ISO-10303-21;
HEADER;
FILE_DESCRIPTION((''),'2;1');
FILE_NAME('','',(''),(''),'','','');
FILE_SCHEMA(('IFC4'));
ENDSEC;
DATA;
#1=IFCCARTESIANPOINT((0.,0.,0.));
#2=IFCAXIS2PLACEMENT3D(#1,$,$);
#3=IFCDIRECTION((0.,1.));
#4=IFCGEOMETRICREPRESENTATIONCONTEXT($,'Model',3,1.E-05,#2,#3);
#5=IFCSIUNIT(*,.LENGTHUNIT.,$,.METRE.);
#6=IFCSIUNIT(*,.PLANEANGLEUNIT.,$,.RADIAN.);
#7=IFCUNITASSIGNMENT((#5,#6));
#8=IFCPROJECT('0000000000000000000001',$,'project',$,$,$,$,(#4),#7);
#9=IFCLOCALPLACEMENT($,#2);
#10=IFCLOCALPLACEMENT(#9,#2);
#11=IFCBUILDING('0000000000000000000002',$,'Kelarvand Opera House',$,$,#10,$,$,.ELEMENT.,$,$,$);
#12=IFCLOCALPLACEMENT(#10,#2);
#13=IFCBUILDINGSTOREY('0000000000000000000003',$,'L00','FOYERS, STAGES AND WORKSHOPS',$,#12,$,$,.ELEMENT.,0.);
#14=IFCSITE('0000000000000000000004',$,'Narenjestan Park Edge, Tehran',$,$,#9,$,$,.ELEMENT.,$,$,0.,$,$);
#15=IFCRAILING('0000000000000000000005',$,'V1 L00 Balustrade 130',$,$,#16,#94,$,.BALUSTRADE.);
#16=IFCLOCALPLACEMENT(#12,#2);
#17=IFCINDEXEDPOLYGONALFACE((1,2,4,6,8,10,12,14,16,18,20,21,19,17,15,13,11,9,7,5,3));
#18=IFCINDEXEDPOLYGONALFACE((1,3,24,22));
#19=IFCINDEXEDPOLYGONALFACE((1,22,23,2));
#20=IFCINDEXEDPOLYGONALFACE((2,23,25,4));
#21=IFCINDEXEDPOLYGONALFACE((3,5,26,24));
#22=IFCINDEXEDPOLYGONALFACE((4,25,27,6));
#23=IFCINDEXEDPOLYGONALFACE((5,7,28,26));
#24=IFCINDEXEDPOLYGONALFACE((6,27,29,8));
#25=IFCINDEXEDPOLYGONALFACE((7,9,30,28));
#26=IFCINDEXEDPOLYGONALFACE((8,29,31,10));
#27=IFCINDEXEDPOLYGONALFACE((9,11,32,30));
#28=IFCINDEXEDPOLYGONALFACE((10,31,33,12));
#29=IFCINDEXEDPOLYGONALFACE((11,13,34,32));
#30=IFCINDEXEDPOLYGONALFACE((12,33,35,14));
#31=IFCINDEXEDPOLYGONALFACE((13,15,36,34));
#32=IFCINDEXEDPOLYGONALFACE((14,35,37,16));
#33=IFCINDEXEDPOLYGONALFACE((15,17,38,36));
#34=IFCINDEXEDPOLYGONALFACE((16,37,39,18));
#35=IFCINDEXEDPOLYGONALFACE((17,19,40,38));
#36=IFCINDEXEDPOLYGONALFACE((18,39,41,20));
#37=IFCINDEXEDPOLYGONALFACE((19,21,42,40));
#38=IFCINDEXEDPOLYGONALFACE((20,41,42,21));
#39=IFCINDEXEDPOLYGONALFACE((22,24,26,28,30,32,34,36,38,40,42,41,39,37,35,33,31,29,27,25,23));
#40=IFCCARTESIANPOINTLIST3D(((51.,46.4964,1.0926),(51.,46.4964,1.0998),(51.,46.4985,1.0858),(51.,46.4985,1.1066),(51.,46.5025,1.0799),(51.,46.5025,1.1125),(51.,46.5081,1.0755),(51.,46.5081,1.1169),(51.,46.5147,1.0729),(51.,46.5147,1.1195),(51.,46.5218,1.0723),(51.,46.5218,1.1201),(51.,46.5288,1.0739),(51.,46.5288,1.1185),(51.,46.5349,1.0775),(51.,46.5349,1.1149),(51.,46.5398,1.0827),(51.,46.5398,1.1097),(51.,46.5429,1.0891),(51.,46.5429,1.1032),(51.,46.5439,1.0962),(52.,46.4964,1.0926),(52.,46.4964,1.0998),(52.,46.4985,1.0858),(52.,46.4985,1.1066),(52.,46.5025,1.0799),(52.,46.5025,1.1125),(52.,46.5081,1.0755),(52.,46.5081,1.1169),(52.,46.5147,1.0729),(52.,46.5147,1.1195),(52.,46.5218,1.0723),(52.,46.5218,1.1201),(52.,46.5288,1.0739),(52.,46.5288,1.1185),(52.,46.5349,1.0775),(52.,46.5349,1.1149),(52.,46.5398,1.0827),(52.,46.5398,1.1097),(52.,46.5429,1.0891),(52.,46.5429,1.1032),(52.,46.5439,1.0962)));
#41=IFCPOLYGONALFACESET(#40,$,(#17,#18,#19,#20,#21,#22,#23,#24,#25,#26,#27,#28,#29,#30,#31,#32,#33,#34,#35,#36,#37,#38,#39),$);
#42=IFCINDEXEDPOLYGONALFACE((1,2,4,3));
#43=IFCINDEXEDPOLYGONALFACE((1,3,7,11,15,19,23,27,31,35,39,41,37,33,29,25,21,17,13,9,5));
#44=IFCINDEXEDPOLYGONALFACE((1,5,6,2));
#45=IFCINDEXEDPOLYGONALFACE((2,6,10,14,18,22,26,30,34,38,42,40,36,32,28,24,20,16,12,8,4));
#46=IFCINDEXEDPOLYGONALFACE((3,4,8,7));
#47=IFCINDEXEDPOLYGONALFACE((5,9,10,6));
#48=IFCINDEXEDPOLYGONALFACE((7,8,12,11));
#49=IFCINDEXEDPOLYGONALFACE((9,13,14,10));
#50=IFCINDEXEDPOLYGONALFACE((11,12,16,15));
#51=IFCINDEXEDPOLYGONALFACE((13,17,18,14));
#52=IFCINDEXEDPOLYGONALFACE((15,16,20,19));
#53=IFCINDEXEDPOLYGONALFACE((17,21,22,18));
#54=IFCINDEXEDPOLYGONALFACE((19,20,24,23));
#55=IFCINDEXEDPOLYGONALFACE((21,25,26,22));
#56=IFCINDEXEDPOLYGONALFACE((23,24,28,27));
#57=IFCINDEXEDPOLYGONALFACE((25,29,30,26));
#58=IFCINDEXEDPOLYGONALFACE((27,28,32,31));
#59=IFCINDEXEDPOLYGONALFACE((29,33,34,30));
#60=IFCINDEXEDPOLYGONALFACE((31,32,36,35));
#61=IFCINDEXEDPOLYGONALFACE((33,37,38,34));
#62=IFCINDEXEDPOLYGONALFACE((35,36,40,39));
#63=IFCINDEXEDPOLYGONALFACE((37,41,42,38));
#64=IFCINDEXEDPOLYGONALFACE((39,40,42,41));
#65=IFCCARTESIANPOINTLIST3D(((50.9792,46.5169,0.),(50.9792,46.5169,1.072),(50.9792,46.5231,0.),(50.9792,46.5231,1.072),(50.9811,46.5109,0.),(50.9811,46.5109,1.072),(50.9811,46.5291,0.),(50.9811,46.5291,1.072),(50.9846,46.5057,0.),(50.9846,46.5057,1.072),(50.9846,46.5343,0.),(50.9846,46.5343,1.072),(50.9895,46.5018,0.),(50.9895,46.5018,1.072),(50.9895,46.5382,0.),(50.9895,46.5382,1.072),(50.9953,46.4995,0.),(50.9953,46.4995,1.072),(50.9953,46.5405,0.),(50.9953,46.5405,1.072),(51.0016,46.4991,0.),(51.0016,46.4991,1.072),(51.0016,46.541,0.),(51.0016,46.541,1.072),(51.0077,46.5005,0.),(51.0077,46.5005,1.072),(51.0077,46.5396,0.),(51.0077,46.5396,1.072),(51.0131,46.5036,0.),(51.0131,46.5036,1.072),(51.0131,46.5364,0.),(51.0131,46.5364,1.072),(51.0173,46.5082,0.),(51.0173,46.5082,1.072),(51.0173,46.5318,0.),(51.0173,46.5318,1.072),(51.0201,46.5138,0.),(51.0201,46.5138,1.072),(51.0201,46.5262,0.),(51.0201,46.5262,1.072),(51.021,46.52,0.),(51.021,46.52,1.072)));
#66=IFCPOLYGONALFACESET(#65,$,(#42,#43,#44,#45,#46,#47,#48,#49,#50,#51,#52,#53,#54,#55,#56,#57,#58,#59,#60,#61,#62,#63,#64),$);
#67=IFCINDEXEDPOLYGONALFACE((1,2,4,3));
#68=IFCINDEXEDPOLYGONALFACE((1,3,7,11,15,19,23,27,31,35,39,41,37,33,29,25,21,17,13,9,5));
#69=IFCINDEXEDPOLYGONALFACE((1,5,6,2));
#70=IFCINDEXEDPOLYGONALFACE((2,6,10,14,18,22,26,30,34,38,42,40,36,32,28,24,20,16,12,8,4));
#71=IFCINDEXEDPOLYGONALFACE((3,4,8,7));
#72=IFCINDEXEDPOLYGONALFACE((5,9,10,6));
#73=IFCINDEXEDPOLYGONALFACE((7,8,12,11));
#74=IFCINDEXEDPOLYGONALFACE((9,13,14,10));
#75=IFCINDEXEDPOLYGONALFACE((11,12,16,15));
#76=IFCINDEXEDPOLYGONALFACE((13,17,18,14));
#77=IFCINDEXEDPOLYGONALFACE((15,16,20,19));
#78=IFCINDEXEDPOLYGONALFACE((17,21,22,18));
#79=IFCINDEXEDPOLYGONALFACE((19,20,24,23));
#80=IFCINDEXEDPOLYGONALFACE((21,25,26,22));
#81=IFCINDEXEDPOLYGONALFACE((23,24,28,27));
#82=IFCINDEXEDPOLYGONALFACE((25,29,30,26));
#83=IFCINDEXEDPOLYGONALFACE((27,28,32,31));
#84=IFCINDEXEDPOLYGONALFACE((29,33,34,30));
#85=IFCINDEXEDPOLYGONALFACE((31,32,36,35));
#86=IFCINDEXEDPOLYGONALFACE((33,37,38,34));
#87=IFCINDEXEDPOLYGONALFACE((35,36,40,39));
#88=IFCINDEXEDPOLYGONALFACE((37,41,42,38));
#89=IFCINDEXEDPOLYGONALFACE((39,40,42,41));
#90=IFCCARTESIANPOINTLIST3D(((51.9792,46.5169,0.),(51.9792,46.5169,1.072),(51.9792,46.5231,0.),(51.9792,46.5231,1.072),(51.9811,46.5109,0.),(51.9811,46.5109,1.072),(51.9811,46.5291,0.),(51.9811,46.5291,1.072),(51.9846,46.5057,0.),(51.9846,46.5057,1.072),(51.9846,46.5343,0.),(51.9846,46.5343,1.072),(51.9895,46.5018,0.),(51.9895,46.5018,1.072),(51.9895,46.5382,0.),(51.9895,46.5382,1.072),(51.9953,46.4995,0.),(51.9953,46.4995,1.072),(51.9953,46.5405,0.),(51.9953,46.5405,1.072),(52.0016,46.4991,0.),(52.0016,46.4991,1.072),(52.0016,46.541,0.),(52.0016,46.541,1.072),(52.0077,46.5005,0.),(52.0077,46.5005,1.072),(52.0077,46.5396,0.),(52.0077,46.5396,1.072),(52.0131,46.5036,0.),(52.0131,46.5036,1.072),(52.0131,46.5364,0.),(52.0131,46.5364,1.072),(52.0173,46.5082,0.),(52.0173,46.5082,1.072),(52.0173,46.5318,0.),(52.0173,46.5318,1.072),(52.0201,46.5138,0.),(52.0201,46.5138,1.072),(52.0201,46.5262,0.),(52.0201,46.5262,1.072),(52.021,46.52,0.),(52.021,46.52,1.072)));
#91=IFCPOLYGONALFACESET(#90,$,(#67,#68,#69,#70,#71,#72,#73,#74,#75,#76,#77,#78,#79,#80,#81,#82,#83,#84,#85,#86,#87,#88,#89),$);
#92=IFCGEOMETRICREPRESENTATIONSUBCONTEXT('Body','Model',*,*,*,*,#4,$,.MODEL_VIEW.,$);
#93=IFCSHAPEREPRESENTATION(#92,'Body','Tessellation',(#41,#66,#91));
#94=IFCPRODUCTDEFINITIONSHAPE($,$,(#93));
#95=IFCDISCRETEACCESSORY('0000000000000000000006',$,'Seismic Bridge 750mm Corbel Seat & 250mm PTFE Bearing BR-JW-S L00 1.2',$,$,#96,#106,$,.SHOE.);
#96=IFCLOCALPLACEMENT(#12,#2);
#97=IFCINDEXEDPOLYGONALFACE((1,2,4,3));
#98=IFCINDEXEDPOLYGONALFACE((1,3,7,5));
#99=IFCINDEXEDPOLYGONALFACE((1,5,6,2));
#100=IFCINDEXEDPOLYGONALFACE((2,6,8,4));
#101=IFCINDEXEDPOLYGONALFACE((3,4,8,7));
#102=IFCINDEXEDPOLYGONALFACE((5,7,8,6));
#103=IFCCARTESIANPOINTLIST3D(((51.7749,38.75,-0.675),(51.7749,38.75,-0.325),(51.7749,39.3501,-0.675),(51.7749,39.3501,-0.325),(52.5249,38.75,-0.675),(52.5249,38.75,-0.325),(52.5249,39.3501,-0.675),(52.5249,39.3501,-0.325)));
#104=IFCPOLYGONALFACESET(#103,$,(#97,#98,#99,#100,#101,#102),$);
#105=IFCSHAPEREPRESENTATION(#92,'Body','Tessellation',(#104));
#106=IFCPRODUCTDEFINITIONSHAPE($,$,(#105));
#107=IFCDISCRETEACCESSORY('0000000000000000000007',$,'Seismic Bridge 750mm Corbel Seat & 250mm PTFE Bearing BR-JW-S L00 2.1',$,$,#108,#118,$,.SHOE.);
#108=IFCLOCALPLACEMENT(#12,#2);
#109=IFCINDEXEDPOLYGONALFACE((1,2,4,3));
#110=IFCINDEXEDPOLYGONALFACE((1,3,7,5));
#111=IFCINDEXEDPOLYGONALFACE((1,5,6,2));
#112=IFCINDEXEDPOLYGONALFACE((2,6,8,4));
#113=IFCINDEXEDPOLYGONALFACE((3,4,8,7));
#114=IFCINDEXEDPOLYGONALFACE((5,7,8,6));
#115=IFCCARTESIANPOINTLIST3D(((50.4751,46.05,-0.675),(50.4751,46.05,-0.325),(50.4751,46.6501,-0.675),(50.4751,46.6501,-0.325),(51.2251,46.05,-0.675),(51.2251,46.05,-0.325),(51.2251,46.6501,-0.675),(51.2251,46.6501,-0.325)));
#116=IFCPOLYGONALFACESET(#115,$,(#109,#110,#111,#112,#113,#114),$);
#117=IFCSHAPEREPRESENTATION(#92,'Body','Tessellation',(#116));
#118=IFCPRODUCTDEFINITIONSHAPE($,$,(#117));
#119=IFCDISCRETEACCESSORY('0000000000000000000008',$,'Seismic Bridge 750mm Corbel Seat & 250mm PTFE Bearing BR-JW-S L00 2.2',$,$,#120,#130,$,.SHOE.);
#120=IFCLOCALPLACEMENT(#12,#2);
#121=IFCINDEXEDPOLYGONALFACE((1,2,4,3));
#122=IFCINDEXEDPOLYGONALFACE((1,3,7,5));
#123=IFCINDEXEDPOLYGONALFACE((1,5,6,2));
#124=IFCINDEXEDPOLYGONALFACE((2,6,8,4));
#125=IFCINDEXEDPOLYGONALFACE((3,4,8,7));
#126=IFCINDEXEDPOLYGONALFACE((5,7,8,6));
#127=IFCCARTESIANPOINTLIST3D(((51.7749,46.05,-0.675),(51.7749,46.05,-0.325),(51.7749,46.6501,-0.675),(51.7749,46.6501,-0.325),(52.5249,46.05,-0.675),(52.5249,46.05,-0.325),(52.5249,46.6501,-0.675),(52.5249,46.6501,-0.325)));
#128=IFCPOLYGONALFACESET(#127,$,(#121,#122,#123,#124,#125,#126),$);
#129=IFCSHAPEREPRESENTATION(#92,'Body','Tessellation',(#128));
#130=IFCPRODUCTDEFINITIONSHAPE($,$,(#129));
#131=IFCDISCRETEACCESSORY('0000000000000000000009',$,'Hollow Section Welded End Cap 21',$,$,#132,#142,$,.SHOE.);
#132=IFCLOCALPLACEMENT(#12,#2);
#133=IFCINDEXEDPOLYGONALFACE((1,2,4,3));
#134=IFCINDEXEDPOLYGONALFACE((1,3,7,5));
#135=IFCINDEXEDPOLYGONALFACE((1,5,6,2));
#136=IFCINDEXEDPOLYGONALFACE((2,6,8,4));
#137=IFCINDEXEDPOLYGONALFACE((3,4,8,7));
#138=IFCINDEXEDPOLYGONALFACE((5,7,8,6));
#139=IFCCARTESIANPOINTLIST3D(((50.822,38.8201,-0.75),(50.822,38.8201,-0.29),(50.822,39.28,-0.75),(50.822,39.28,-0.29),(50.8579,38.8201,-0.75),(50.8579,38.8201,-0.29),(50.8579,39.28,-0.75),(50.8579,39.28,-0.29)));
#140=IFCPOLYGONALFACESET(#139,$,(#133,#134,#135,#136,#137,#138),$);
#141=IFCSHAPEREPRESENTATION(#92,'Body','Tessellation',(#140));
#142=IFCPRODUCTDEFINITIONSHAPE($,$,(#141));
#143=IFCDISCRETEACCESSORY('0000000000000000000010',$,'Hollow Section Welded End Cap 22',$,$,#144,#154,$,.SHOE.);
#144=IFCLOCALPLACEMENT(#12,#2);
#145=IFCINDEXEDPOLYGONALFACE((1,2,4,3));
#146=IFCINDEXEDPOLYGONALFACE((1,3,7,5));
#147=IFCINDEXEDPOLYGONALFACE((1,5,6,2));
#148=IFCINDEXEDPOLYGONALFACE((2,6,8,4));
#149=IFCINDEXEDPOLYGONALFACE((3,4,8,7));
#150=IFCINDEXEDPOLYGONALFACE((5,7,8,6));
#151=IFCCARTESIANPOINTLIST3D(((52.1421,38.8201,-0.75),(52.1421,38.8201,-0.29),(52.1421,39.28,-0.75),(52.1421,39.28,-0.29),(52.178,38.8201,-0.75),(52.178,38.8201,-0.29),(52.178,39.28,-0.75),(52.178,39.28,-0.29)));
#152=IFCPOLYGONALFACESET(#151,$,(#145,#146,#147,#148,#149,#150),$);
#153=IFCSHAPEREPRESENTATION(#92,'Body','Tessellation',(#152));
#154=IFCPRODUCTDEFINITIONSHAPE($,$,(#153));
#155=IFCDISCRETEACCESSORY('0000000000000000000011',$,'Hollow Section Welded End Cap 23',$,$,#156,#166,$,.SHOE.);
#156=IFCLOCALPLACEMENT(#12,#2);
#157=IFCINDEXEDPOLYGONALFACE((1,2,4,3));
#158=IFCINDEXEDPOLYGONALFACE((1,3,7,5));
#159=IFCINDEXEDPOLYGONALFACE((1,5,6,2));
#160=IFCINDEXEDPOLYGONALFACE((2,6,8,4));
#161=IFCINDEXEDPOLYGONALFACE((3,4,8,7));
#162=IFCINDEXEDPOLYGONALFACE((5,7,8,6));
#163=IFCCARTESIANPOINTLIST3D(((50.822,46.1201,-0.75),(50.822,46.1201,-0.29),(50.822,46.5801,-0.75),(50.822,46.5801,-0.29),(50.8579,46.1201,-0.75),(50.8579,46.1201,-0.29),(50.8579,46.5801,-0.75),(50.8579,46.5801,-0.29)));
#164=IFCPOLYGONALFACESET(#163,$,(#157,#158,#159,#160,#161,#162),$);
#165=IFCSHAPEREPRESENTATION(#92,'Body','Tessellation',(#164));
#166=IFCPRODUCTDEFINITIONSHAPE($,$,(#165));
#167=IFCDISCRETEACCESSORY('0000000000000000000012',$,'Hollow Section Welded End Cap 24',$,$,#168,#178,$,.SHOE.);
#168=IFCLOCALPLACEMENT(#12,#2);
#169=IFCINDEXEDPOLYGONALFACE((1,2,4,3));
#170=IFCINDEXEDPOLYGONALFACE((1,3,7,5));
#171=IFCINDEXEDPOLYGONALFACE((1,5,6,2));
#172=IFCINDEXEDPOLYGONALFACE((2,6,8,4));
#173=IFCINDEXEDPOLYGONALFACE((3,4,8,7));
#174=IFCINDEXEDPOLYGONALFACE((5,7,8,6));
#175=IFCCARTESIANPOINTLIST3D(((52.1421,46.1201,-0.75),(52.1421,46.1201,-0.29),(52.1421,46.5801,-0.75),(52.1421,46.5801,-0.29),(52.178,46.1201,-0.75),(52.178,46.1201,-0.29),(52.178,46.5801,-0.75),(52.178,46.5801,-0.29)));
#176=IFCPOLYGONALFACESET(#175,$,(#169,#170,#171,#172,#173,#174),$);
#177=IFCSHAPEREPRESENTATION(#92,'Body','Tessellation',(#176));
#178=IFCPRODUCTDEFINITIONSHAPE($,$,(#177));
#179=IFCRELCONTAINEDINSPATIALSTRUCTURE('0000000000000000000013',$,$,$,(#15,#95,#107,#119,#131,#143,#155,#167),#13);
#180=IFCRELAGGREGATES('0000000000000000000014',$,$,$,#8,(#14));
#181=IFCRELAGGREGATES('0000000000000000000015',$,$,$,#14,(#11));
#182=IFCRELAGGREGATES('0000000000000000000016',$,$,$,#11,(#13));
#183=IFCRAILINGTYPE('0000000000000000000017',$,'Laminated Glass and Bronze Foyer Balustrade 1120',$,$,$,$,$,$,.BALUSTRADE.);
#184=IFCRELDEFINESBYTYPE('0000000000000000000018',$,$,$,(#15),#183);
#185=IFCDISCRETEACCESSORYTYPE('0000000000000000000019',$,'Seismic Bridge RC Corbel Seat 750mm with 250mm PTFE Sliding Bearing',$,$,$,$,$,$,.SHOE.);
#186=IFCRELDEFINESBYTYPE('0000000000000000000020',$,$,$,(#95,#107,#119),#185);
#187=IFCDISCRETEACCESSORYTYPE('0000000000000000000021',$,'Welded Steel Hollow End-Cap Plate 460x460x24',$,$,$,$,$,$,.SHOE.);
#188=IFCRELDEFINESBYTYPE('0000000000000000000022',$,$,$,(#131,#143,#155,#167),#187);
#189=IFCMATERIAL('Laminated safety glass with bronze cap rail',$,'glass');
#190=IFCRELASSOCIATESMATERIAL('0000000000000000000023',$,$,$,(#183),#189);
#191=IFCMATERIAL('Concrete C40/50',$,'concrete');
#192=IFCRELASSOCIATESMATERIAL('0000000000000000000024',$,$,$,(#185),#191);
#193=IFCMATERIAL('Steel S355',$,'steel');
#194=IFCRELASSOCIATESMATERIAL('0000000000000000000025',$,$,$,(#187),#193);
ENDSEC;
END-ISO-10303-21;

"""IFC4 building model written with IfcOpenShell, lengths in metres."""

from ifc_helpers import new_model, si_unit, direction, frame, origin, origin_2d, place, context, subcontext, project, spatial, rectangle, circle, extrude, material, material_profile, profile_set, type_object, element, save


model = new_model("IFC4")

# Units and contexts
model_context = context("Model", 3, precision=1e-05, world=origin(), true_north=direction((0.0, 1.0)))
body_context = subcontext(model_context, "Body", "Model", "MODEL_VIEW")
ifc_project = project(units=[si_unit("LENGTHUNIT", "METRE"), si_unit("PLANEANGLEUNIT", "RADIAN")], contexts=[model_context])

# Site, building, storey
site_placement = place(None, origin())
site = spatial("IfcSite", under=ifc_project, at=site_placement, Name="Narenjestan Park Edge, Tehran", CompositionType="ELEMENT", RefElevation=0.0)
building_placement = place(site_placement, origin())
building = spatial("IfcBuilding", under=site, at=building_placement, Name="Kelarvand Opera House", CompositionType="ELEMENT")
storey_placement = place(building_placement, origin())
storey = spatial("IfcBuildingStorey", under=building, at=storey_placement, Name="L00", Description="FOYERS, STAGES AND WORKSHOPS", CompositionType="ELEMENT", Elevation=0.0)

# Shared definitions
ifc_material_1 = material(Name="Concrete C40/50", Category="concrete")

# Shared definitions
ifc_material_2 = material(Name="Steel S355", Category="steel")

# Railing
ifc_material_3 = material(Name="Laminated safety glass with bronze cap rail", Category="glass")
railing_type = type_object("IfcRailingType", Name="Laminated Glass and Bronze Foyer Balustrade 1120", PredefinedType="BALUSTRADE", material=ifc_material_3)
railing_placement = place(storey_placement, frame((51.0, 46.52, 0.0)))
element("IfcRailing", 1, at=railing_placement, inside=storey, type_object=railing_type, Name="V1 L00 Balustrade 130", PredefinedType="BALUSTRADE", context=body_context, shape_type="SweptSolid", body=[
    extrude(circle(Radius=0.0239, at=origin_2d()), frame((0.0, 0.0, 1.0962), z_axis=(1.0, 0.0, 0.0), x_axis=(0.0, 1.0, 0.0)), (0.0, 0.0, 1.0), 1.0),
    extrude(circle(Radius=0.021, at=origin_2d()), origin(), (0.0, 0.0, 1.0), 1.072),
    extrude(circle(Radius=0.021, at=origin_2d()), frame((1.0, 0.0, 0.0)), (0.0, 0.0, 1.0), 1.072),
])

# Discrete accessories
discrete_accessory_type_1 = type_object("IfcDiscreteAccessoryType", Name="Seismic Bridge RC Corbel Seat 750mm with 250mm PTFE Sliding Bearing", PredefinedType="SHOE", material=ifc_material_1)
for number, where, z_axis, x_axis, name in (
    (2, (52.1499, 39.05, -0.675), (0.0, 0.0, 1.0), (1.0, 0.0, 0.0), "Seismic Bridge 750mm Corbel Seat & 250mm PTFE Bearing BR-JW-S L00 1.2"),
    (3, (50.8501, 46.3501, -0.675), (0.0, 0.0, 1.0), (1.0, 0.0, 0.0), "Seismic Bridge 750mm Corbel Seat & 250mm PTFE Bearing BR-JW-S L00 2.1"),
    (4, (52.1499, 46.3501, -0.675), (0.0, 0.0, 1.0), (1.0, 0.0, 0.0), "Seismic Bridge 750mm Corbel Seat & 250mm PTFE Bearing BR-JW-S L00 2.2"),
):
    element("IfcDiscreteAccessory", number, at=place(storey_placement, frame(where, z_axis=z_axis, x_axis=x_axis)), inside=storey, type_object=discrete_accessory_type_1, Name=name, PredefinedType="SHOE", context=body_context, shape_type="SweptSolid", body=[
        extrude(rectangle(XDim=0.75, YDim=0.6001, at=origin_2d()), origin(), (0.0, 0.0, 1.0), 0.3501),
    ])
ifc_material_profile_1 = material_profile(ifc_material_2, rectangle(XDim=0.46, YDim=0.46, at=origin_2d()), Name="Welded Steel Hollow End-Cap Plate 460x460x24", Category="steel")
ifc_profile_set_1 = profile_set([ifc_material_profile_1], Name="Steel S355")
discrete_accessory_type_2 = type_object("IfcDiscreteAccessoryType", Name="Welded Steel Hollow End-Cap Plate 460x460x24", PredefinedType="SHOE", material=ifc_profile_set_1)
for number, where, z_axis, x_axis, name in (
    (5, (50.8579, 39.05, -0.52), (-1.0, 0.0, 0.0), (0.0, -1.0, 0.0), "Hollow Section Welded End Cap 21"),
    (6, (52.1421, 39.05, -0.52), (1.0, 0.0, 0.0), (0.0, 1.0, 0.0), "Hollow Section Welded End Cap 22"),
    (7, (50.8579, 46.3501, -0.52), (-1.0, 0.0, 0.0), (0.0, -1.0, 0.0), "Hollow Section Welded End Cap 23"),
    (8, (52.1421, 46.3501, -0.52), (1.0, 0.0, 0.0), (0.0, 1.0, 0.0), "Hollow Section Welded End Cap 24"),
):
    element("IfcDiscreteAccessory", number, at=place(storey_placement, frame(where, z_axis=z_axis, x_axis=x_axis)), inside=storey, type_object=discrete_accessory_type_2, Name=name, PredefinedType="SHOE", context=body_context, shape_type="SweptSolid", body=[
        extrude(rectangle(XDim=0.46, YDim=0.46, at=origin_2d()), origin(), (0.0, 0.0, 1.0), 0.0359),
    ])

save(model, "model.ifc")
